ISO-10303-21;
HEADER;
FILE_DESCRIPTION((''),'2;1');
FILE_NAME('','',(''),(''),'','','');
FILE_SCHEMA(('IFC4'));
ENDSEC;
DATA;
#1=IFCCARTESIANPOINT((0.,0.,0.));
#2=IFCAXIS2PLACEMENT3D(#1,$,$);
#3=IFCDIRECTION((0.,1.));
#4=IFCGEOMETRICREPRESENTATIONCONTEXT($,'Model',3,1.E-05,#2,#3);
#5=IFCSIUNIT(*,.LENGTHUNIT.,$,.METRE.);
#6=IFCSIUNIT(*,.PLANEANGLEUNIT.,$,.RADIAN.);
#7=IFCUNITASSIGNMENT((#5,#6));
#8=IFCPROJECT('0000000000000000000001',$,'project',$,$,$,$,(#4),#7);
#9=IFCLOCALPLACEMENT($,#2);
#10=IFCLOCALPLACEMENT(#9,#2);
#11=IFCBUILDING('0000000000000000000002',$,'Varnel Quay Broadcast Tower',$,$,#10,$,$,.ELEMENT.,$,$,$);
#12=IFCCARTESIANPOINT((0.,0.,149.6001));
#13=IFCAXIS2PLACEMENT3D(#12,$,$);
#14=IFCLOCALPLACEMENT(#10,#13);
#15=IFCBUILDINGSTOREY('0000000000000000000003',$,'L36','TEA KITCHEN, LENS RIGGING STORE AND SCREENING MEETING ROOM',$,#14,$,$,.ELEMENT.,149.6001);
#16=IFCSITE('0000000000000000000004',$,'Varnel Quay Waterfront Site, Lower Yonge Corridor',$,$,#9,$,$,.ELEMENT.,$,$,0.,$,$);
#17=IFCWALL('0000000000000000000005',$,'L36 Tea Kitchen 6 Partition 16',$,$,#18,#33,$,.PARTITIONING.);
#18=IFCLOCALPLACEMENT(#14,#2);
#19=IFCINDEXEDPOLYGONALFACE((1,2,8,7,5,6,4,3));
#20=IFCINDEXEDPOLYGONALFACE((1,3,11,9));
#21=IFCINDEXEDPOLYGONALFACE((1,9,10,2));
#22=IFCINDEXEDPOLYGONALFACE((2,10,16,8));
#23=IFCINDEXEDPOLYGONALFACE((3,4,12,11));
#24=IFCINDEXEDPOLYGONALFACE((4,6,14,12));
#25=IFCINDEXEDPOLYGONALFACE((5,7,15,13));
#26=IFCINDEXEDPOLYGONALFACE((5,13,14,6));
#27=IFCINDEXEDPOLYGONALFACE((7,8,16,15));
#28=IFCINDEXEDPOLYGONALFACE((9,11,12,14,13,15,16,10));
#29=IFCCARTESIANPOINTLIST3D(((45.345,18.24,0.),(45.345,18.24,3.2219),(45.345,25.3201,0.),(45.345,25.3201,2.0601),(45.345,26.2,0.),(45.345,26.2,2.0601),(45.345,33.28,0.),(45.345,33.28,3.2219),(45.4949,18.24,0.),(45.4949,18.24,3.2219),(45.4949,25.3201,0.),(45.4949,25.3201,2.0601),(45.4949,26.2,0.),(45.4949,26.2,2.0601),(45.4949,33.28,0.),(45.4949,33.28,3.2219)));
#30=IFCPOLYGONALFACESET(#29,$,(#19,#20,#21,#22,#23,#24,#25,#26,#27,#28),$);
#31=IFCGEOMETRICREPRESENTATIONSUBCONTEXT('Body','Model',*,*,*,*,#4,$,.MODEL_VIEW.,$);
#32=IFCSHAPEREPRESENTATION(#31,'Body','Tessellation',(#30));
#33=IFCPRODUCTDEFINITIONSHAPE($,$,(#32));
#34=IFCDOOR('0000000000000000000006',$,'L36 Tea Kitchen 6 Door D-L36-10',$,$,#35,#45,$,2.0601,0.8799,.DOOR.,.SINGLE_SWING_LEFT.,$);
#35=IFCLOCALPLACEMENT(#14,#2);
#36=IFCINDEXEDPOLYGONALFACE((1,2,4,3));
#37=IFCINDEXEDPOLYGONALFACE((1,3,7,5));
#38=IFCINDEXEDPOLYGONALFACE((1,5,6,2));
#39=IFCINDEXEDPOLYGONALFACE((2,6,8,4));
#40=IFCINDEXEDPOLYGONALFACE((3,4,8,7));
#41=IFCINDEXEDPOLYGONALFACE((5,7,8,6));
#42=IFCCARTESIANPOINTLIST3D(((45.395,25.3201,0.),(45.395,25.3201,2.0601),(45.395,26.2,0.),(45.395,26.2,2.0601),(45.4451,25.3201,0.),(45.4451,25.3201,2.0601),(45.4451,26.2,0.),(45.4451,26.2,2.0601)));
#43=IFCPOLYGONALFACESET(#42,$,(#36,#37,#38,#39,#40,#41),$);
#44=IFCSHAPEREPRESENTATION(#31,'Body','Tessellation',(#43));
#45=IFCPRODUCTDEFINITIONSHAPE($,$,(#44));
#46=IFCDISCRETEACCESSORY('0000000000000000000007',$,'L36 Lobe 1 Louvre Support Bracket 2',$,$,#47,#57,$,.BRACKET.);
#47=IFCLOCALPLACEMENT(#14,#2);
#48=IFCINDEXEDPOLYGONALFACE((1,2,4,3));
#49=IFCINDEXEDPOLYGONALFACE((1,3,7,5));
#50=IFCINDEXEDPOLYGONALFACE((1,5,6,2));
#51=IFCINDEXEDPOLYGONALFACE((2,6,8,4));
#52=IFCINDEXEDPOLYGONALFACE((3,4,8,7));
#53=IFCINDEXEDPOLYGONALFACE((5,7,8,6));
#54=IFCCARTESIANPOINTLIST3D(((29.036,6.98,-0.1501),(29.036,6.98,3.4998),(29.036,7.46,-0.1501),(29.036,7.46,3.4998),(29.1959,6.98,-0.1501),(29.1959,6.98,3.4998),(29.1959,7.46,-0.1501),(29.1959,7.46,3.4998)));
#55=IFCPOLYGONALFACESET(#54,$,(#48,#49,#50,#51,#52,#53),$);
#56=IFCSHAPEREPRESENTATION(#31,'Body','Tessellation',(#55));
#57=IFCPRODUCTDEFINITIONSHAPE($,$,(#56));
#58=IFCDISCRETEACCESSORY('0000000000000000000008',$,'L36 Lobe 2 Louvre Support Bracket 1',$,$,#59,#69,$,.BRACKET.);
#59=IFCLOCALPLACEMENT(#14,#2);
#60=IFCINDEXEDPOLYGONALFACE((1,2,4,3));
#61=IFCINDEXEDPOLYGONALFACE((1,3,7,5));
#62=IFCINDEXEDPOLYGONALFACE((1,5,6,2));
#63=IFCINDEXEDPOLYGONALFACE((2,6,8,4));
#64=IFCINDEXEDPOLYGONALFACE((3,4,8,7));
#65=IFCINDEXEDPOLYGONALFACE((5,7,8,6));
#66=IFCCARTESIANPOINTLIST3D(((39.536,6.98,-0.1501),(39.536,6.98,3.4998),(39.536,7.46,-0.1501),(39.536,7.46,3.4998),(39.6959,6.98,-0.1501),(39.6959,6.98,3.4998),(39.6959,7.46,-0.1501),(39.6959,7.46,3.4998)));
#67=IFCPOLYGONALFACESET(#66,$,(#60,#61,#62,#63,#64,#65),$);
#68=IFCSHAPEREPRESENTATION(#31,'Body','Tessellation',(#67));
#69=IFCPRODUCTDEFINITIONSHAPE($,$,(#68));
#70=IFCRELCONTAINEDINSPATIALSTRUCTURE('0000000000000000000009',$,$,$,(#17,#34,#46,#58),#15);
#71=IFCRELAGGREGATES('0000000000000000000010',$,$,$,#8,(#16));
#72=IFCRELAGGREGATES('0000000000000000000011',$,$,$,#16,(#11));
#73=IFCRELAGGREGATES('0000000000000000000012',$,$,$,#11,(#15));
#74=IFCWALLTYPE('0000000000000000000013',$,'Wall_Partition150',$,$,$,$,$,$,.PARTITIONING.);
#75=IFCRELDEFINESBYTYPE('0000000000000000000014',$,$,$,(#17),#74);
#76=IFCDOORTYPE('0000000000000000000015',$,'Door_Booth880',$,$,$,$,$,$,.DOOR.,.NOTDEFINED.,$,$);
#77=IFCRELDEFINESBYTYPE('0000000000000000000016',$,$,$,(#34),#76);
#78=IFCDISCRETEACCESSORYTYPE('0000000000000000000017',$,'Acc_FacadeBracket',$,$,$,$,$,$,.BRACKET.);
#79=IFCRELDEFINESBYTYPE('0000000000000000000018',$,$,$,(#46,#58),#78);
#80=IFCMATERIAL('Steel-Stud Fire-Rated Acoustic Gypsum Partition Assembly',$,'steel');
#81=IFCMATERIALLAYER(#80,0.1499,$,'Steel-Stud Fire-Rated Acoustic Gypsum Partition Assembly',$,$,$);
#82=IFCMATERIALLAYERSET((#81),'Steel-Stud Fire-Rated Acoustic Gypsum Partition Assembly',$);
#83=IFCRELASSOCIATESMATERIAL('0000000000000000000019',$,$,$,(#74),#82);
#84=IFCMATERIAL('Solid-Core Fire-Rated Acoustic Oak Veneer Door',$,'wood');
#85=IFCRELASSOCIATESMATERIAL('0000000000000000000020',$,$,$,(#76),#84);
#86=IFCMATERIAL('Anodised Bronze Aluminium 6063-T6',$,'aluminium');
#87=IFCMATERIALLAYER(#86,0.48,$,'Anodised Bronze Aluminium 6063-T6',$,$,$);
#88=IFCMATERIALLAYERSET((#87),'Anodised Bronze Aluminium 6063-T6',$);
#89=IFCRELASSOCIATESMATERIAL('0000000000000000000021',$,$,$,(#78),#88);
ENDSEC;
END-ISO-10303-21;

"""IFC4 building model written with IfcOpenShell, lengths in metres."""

from ifc_helpers import new_model, si_unit, direction, frame, frame_2d, origin, origin_2d, place, context, subcontext, project, spatial, rectangle, extrude, source, transform, mapped, material, layer, layer_set, type_object, type_shapes, element, fill, save


model = new_model("IFC4")

# Units and contexts
model_context = context("Model", 3, precision=1e-05, world=origin(), true_north=direction((0.0, 1.0)))
body_context = subcontext(model_context, "Body", "Model", "MODEL_VIEW")
ifc_project = project(units=[si_unit("LENGTHUNIT", "METRE"), si_unit("PLANEANGLEUNIT", "RADIAN")], contexts=[model_context])

# Site, building, storey
site_placement = place(None, origin())
site = spatial("IfcSite", under=ifc_project, at=site_placement, Name="Varnel Quay Waterfront Site, Lower Yonge Corridor", CompositionType="ELEMENT", RefElevation=0.0)
building_placement = place(site_placement, origin())
building = spatial("IfcBuilding", under=site, at=building_placement, Name="Varnel Quay Broadcast Tower", CompositionType="ELEMENT")
storey_placement = place(building_placement, frame((0.0, 0.0, 149.6001)))
storey = spatial("IfcBuildingStorey", under=building, at=storey_placement, Name="L36", Description="TEA KITCHEN, LENS RIGGING STORE AND SCREENING MEETING ROOM", CompositionType="ELEMENT", Elevation=149.6001)

# Shared definitions
ifc_material_1 = material(Name="Anodised Bronze Aluminium 6063-T6", Category="aluminium")

# Shared definitions
ifc_material_2 = material(Name="Steel-Stud Fire-Rated Acoustic Gypsum Partition Assembly", Category="steel")

# Wall, opening, door
ifc_layer_1 = layer(ifc_material_2, 0.1499, Name="Steel-Stud Fire-Rated Acoustic Gypsum Partition Assembly")
ifc_layer_set_1 = layer_set([ifc_layer_1], Name="Steel-Stud Fire-Rated Acoustic Gypsum Partition Assembly")
wall_type_1 = type_object("IfcWallType", Name="Wall_Partition150", PredefinedType="PARTITIONING", material=ifc_layer_set_1)
wall_1_placement = place(storey_placement, frame((45.4199, 18.24, 0.0), z_axis=(0.0, 0.0, 1.0), x_axis=(0.0, 1.0, 0.0)))
wall_1 = element("IfcWall", 1, at=wall_1_placement, inside=storey, type_object=wall_type_1, Name="L36 Tea Kitchen 6 Partition 16", PredefinedType="PARTITIONING", context=body_context, shape_type="SweptSolid", body=[
    extrude(rectangle(XDim=15.04, YDim=0.1499, at=frame_2d((7.52, 0.0))), origin(), (0.0, 0.0, 1.0), 3.2219),
])
opening_placement = place(wall_1_placement, frame((7.0801, 0.0, 0.0)))
opening = element("IfcOpeningElement", 2, at=opening_placement, cuts=wall_1, PredefinedType="OPENING", context=body_context, shape_type="SweptSolid", body=[
    extrude(rectangle(XDim=0.8799, YDim=2.0601, at=frame_2d((0.4399, 1.03))), frame((0.0, 0.085, 0.0), z_axis=(0.0, -1.0, 0.0), x_axis=(1.0, 0.0, 0.0)), (0.0, 0.0, 1.0), 0.1699),
])
ifc_material_3 = material(Name="Solid-Core Fire-Rated Acoustic Oak Veneer Door", Category="wood")
door_type = type_object("IfcDoorType", Name="Door_Booth880", OperationType="NOTDEFINED", PredefinedType="DOOR", material=ifc_material_3)
shared_shape_1 = source(origin(), body_context, "Body", "SweptSolid", [
    extrude(rectangle(XDim=0.8799, YDim=2.0601, at=frame_2d((0.4399, 1.03))), frame((0.0, 0.0249, 0.0), z_axis=(0.0, -1.0, 0.0), x_axis=(1.0, 0.0, 0.0)), (0.0, 0.0, 1.0), 0.05),
])
type_shapes(door_type, [shared_shape_1])
door_placement = place(opening_placement, origin())
door = element("IfcDoor", 3, at=door_placement, inside=storey, type_object=door_type, Name="L36 Tea Kitchen 6 Door D-L36-10", OperationType="SINGLE_SWING_LEFT", OverallHeight=2.0601, OverallWidth=0.8799, PredefinedType="DOOR", context=body_context, shape_type="MappedRepresentation", body=[
    mapped(shared_shape_1, transform((0.0, 0.0, 0.0), x_axis=(1.0, 0.0, 0.0), y_axis=(0.0, 1.0, 0.0), z_axis=(0.0, 0.0, 1.0), scale=1.0)),
])
fill(opening, door)

# Discrete accessories
ifc_layer_2 = layer(ifc_material_1, 0.48, Name="Anodised Bronze Aluminium 6063-T6")
ifc_layer_set_2 = layer_set([ifc_layer_2], Name="Anodised Bronze Aluminium 6063-T6")
discrete_accessory_type = type_object("IfcDiscreteAccessoryType", Name="Acc_FacadeBracket", PredefinedType="BRACKET", material=ifc_layer_set_2)
shared_shape_2 = source(origin(), body_context, "Body", "SweptSolid", [
    extrude(rectangle(XDim=0.1599, YDim=0.48, at=origin_2d()), origin(), (0.0, 0.0, 1.0), 3.6499),
])
type_shapes(discrete_accessory_type, [shared_shape_2])
for number, where, z_axis, x_axis, name in (
    (4, (29.116, 7.22, -0.1501), (0.0, 0.0, 1.0), (1.0, 0.0, 0.0), "L36 Lobe 1 Louvre Support Bracket 2"),
    (5, (39.616, 7.22, -0.1501), (0.0, 0.0, 1.0), (1.0, 0.0, 0.0), "L36 Lobe 2 Louvre Support Bracket 1"),
):
    element("IfcDiscreteAccessory", number, at=place(storey_placement, frame(where, z_axis=z_axis, x_axis=x_axis)), inside=storey, type_object=discrete_accessory_type, Name=name, PredefinedType="BRACKET", context=body_context, shape_type="MappedRepresentation", body=[
        mapped(shared_shape_2, transform((0.0, 0.0, 0.0), x_axis=(1.0, 0.0, 0.0), y_axis=(0.0, 1.0, 0.0), z_axis=(0.0, 0.0, 1.0), scale=1.0)),
    ])

save(model, "model.ifc")
